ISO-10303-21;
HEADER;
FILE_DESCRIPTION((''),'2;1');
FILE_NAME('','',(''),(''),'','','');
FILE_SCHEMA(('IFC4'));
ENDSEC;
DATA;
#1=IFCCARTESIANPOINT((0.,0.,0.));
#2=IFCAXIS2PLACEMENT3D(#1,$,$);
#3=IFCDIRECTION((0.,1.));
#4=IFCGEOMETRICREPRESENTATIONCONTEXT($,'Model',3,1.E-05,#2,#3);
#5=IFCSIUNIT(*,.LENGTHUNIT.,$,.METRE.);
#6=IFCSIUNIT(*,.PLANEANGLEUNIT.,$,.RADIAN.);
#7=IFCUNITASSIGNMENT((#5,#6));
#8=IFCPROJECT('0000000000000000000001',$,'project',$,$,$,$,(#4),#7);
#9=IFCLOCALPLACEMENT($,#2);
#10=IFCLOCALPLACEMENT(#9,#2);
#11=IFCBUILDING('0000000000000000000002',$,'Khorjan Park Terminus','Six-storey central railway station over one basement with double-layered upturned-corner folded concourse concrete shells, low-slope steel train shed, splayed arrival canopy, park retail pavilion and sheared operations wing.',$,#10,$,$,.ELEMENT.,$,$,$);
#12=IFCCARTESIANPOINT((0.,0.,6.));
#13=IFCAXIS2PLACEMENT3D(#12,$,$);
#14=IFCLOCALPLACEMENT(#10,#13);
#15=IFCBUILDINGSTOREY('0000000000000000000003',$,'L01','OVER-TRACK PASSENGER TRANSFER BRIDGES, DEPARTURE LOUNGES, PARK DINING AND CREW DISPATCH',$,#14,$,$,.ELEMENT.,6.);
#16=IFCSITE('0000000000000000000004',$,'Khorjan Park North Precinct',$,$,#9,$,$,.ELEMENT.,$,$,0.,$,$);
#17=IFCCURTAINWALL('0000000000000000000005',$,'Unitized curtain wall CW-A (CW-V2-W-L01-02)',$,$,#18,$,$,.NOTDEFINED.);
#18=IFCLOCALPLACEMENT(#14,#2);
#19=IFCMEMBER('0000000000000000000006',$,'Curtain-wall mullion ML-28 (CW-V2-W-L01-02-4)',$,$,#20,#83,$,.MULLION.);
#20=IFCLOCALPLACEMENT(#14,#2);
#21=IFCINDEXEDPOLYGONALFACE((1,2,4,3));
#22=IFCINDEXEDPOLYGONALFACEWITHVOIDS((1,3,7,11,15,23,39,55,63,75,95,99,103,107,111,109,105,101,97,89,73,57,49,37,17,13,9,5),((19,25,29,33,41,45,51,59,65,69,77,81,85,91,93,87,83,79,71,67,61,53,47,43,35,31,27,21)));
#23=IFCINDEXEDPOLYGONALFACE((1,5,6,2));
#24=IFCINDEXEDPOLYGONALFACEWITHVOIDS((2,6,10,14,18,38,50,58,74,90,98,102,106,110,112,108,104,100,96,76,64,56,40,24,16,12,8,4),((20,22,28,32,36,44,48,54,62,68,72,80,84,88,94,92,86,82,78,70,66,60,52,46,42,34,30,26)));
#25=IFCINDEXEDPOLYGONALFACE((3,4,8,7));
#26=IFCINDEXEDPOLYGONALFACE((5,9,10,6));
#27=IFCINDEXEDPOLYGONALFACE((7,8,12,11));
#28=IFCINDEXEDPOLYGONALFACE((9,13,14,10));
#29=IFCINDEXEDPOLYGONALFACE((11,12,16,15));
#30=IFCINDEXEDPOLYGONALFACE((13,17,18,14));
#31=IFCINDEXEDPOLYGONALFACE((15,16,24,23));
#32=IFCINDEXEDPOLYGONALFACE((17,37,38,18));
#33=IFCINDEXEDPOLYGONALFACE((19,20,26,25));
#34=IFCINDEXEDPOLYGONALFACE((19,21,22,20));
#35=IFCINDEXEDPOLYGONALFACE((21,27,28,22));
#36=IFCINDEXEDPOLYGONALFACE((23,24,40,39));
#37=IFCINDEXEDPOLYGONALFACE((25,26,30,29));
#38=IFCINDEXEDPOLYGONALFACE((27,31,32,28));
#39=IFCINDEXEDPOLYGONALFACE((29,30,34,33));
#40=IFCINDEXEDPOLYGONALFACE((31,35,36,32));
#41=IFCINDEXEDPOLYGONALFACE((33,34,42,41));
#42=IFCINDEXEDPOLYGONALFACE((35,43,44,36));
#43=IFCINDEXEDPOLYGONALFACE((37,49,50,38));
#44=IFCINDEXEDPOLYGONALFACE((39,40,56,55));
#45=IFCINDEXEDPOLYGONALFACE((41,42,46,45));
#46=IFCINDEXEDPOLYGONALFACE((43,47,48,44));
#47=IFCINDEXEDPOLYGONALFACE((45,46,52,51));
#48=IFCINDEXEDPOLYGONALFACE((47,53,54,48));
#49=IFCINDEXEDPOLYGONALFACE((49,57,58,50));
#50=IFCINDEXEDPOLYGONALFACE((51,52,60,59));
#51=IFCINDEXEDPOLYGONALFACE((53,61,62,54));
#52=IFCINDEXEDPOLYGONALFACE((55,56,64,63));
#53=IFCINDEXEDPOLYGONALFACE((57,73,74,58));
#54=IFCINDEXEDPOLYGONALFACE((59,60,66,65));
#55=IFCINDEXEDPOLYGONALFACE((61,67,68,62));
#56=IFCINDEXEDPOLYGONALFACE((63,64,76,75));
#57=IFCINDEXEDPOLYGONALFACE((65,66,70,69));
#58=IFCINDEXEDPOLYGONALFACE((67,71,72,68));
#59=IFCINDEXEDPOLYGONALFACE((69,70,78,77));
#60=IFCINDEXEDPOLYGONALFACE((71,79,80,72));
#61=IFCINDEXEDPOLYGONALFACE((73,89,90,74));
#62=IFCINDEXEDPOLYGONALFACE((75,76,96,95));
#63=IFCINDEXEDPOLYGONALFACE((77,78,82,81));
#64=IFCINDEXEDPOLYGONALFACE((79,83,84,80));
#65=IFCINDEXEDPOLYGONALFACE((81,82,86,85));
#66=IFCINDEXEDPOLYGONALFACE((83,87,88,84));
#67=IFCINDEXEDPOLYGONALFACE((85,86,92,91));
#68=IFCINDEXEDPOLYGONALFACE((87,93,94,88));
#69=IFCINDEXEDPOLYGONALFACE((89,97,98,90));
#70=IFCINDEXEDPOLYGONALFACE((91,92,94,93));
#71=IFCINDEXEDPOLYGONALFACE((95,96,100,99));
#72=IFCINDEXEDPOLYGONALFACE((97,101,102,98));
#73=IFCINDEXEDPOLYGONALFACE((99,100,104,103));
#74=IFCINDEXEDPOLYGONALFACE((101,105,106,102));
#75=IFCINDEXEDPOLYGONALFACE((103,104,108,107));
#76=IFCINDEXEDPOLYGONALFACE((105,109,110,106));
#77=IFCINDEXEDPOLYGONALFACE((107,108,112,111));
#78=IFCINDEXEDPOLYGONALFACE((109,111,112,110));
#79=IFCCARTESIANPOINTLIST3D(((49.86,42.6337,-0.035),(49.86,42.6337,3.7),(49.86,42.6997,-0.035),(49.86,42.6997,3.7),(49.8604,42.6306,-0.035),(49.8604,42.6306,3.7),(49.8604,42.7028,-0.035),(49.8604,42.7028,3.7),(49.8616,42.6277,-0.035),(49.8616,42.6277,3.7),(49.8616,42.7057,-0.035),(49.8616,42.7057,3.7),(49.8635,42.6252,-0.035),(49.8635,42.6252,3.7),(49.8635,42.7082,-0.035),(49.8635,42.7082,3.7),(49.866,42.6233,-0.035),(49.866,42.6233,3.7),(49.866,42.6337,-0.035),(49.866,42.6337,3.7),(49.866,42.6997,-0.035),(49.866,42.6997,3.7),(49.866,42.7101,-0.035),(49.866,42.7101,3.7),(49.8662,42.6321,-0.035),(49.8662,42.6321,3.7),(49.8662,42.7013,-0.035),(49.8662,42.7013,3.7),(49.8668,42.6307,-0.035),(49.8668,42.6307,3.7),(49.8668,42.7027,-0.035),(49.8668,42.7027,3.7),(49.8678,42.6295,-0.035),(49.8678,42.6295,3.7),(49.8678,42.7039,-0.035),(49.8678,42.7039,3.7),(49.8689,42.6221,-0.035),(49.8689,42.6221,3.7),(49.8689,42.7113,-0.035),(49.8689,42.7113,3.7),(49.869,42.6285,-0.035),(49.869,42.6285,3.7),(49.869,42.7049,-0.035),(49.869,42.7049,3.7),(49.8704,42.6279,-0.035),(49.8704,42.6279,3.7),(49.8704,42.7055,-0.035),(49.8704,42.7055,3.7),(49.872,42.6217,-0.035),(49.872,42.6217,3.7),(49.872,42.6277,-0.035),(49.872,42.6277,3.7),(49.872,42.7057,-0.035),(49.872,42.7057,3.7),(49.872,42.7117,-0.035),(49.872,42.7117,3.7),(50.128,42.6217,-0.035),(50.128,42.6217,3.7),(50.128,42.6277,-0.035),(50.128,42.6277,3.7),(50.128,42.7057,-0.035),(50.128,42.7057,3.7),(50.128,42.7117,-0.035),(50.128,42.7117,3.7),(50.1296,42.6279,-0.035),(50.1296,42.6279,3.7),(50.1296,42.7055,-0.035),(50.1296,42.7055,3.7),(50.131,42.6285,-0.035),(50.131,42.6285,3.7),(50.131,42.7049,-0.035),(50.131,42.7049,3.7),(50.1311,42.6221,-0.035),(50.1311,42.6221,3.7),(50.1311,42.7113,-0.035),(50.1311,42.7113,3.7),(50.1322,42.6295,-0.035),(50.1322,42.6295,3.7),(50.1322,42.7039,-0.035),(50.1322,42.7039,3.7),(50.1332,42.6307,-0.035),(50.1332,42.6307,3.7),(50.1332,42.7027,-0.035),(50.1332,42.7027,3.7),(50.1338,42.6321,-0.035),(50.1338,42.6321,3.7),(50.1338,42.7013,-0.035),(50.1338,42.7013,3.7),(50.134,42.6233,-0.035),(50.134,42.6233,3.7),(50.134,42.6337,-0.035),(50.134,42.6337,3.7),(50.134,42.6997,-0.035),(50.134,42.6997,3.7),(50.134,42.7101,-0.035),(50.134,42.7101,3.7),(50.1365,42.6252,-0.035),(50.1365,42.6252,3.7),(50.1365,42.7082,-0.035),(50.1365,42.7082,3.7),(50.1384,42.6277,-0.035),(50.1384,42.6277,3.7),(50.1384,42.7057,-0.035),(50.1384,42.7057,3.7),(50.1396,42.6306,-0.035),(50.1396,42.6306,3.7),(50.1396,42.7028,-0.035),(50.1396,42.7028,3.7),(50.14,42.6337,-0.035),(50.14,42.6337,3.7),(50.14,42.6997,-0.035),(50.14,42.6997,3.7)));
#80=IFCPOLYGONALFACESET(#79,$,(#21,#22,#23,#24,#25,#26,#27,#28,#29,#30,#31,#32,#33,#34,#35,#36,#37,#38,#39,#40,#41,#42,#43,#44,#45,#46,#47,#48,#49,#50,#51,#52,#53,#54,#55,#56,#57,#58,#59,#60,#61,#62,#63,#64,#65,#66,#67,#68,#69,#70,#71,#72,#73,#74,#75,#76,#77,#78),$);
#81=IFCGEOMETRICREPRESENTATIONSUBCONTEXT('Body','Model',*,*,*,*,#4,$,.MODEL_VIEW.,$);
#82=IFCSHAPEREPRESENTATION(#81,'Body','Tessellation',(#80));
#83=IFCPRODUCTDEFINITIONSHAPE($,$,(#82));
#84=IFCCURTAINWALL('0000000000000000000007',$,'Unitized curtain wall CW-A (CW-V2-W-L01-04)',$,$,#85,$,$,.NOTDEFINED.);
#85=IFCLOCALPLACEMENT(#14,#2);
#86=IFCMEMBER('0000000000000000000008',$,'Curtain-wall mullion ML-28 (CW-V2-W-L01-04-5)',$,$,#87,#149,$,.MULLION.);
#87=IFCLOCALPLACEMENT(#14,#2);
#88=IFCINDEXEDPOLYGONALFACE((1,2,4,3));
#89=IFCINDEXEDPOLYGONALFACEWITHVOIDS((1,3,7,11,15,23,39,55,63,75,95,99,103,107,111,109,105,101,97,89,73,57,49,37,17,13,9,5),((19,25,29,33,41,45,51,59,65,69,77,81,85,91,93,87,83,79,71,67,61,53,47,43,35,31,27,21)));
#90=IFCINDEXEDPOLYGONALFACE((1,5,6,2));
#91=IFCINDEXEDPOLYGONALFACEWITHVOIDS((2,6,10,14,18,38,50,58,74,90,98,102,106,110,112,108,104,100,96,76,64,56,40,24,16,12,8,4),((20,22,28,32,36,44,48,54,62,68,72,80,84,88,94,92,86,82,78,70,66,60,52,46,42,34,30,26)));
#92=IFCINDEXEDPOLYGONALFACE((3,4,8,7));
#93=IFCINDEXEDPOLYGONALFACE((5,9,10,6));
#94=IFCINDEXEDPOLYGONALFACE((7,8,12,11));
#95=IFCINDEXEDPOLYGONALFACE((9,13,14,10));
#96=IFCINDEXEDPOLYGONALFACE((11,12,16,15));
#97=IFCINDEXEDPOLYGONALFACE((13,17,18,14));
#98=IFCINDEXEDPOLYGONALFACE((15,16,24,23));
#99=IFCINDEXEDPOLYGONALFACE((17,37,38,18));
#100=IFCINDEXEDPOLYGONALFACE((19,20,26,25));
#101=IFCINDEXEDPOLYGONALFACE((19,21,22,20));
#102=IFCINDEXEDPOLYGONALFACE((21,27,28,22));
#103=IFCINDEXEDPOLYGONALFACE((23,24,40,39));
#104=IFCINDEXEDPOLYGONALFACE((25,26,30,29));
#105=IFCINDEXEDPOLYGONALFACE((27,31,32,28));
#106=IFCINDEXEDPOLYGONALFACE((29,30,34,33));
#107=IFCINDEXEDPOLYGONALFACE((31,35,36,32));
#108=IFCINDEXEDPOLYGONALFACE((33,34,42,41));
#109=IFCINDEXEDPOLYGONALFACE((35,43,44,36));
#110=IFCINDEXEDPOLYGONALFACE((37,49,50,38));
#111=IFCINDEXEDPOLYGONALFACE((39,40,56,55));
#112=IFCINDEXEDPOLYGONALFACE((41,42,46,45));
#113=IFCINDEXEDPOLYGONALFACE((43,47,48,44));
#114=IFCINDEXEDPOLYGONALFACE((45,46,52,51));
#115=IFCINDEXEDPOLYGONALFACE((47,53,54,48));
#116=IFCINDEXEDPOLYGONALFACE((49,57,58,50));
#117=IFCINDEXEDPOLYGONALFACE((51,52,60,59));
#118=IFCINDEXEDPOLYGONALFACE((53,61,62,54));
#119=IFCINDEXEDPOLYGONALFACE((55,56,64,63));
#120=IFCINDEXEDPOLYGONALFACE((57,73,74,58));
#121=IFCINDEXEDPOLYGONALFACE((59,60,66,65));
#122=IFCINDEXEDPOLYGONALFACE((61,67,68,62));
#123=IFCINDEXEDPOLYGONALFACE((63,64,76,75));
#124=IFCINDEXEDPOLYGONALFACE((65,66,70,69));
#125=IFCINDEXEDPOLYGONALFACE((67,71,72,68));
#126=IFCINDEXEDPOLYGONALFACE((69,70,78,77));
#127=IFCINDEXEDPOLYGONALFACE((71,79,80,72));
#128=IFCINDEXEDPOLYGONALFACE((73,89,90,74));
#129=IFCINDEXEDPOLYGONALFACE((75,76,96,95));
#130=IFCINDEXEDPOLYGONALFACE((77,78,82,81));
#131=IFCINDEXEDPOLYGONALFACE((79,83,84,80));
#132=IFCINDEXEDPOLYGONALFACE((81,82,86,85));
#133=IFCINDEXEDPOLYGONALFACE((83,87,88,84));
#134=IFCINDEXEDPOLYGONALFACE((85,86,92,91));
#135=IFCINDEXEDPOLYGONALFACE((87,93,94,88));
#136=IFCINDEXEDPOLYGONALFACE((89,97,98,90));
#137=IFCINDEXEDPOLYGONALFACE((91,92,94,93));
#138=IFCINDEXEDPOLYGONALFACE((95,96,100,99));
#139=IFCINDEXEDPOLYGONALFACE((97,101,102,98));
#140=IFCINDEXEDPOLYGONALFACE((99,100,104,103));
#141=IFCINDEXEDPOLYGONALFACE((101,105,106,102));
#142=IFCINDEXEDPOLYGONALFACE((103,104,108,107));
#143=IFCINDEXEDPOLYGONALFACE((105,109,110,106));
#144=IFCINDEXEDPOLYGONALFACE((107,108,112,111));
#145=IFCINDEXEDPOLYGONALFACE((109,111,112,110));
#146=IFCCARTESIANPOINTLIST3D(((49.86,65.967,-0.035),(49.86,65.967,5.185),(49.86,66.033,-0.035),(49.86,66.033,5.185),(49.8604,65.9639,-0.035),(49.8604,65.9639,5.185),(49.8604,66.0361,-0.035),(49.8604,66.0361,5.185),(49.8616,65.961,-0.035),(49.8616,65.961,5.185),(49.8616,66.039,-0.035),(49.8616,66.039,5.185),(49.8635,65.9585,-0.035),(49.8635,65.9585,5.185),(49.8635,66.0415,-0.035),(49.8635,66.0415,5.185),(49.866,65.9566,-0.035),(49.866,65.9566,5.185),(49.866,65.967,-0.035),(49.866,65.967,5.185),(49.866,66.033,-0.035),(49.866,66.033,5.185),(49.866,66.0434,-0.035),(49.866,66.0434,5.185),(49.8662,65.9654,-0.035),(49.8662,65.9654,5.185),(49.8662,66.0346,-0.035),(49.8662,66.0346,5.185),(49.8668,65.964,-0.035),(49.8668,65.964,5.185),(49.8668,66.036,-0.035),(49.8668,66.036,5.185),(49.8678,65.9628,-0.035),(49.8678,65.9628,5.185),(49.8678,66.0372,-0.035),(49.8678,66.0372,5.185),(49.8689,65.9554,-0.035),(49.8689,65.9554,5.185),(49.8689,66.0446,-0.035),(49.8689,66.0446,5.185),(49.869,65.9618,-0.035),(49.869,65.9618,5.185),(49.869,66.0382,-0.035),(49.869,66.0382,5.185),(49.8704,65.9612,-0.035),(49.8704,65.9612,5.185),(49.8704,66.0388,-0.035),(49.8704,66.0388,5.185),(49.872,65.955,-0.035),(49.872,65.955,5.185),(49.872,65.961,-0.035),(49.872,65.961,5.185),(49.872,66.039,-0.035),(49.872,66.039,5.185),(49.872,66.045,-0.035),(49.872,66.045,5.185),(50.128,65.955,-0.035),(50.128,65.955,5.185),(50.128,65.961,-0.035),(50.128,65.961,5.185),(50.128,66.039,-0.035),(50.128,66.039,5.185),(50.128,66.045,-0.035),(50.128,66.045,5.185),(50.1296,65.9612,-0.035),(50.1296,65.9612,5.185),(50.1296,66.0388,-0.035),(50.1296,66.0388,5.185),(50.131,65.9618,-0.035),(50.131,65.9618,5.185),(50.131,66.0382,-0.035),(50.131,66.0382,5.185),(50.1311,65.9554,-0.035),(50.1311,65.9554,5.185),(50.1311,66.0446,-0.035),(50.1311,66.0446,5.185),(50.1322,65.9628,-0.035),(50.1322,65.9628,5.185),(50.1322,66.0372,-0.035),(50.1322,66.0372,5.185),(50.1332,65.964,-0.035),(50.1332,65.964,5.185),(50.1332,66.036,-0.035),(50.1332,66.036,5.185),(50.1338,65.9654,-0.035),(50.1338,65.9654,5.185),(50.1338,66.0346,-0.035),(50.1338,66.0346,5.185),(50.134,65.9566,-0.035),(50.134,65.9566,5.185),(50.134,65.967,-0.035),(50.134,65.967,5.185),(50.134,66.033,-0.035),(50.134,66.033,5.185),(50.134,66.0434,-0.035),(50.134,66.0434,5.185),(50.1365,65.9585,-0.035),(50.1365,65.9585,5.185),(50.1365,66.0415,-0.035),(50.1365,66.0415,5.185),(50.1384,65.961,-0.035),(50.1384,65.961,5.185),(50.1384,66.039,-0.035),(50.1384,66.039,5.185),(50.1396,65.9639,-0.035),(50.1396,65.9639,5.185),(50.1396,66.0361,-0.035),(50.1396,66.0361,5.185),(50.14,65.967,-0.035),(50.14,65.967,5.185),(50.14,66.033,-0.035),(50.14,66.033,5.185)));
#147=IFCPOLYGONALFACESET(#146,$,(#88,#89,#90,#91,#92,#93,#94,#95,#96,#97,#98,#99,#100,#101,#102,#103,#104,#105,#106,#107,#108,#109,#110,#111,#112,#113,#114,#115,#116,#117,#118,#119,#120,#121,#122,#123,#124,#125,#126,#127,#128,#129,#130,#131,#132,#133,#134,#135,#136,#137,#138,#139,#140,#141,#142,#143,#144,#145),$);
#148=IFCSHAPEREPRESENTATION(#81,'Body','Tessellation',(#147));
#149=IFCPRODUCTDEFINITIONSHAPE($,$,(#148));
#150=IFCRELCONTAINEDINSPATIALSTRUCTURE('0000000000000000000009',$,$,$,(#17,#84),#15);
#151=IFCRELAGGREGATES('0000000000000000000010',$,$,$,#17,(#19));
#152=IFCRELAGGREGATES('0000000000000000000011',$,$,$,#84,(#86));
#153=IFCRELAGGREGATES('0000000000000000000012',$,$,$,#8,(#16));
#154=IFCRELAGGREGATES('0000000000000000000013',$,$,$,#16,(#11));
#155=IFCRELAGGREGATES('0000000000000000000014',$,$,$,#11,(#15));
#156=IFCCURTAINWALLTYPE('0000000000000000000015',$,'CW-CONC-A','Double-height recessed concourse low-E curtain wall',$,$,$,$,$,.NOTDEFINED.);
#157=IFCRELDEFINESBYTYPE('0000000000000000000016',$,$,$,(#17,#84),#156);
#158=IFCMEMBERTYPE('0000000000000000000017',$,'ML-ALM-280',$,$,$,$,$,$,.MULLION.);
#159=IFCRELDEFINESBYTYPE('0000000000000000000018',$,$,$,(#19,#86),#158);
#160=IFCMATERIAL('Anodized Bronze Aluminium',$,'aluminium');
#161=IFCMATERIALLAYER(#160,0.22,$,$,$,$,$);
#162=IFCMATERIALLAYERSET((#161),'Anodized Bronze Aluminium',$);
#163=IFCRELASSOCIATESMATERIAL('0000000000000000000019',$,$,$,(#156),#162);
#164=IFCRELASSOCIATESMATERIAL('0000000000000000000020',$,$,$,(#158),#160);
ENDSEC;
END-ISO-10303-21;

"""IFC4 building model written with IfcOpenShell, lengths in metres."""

from ifc_helpers import new_model, si_unit, direction, frame, origin, origin_2d, place, context, subcontext, project, spatial, hollow_rectangle, extrude, material, layer, layer_set, material_profile, profile_set, type_object, element, aggregate, save


model = new_model("IFC4")

# Units and contexts
model_context = context("Model", 3, precision=1e-05, world=origin(), true_north=direction((0.0, 1.0)))
body_context = subcontext(model_context, "Body", "Model", "MODEL_VIEW")
ifc_project = project(units=[si_unit("LENGTHUNIT", "METRE"), si_unit("PLANEANGLEUNIT", "RADIAN")], contexts=[model_context])

# Site, building, storey
site_placement = place(None, origin())
site = spatial("IfcSite", under=ifc_project, at=site_placement, Name="Khorjan Park North Precinct", CompositionType="ELEMENT", RefElevation=0.0)
building_placement = place(site_placement, origin())
building = spatial("IfcBuilding", under=site, at=building_placement, Name="Khorjan Park Terminus", Description="Six-storey central railway station over one basement with double-layered upturned-corner folded concourse concrete shells, low-slope steel train shed, splayed arrival canopy, park retail pavilion and sheared operations wing.", CompositionType="ELEMENT")
storey_placement = place(building_placement, frame((0.0, 0.0, 6.0)))
storey = spatial("IfcBuildingStorey", under=building, at=storey_placement, Name="L01", Description="OVER-TRACK PASSENGER TRANSFER BRIDGES, DEPARTURE LOUNGES, PARK DINING AND CREW DISPATCH", CompositionType="ELEMENT", Elevation=6.0)

# Curtain wall, member
ifc_material_1 = material(Name="Anodized Bronze Aluminium", Category="aluminium")
ifc_layer_1 = layer(ifc_material_1, 0.22)
ifc_layer_set_1 = layer_set([ifc_layer_1], Name="Anodized Bronze Aluminium")
curtain_wall_type_1 = type_object("IfcCurtainWallType", Name="CW-CONC-A", Description="Double-height recessed concourse low-E curtain wall", PredefinedType="NOTDEFINED", material=ifc_layer_set_1)
curtain_wall_1_placement = place(storey_placement, origin())
curtain_wall_1 = element("IfcCurtainWall", 1, at=curtain_wall_1_placement, inside=storey, type_object=curtain_wall_type_1, Name="Unitized curtain wall CW-A (CW-V2-W-L01-02)", PredefinedType="NOTDEFINED")
ifc_material_profile_1 = material_profile(ifc_material_1, hollow_rectangle(XDim=0.09, YDim=0.28, WallThickness=0.006, InnerFilletRadius=0.006, OuterFilletRadius=0.012, at=origin_2d()), Name="ALM 90x280x6")
ifc_profile_set_1 = profile_set([ifc_material_profile_1], Name="Anodized Bronze Aluminium")
member_type_1 = type_object("IfcMemberType", Name="ML-ALM-280", PredefinedType="MULLION", material=ifc_profile_set_1)
member_1_placement = place(storey_placement, frame((50.0, 42.6667, -0.035), z_axis=(0.0, 0.0, 1.0), x_axis=(0.0, -1.0, 0.0)))
member_1 = element("IfcMember", 2, at=member_1_placement, type_object=member_type_1, Name="Curtain-wall mullion ML-28 (CW-V2-W-L01-02-4)", PredefinedType="MULLION", context=body_context, shape_type="SweptSolid", body=[
    extrude(hollow_rectangle(XDim=0.09, YDim=0.28, WallThickness=0.006, InnerFilletRadius=0.006, OuterFilletRadius=0.012, at=origin_2d()), origin(), (0.0, 0.0, 1.0), 3.735),
])

# Curtain wall, member
curtain_wall_2_placement = place(storey_placement, origin())
curtain_wall_2 = element("IfcCurtainWall", 3, at=curtain_wall_2_placement, inside=storey, type_object=curtain_wall_type_1, Name="Unitized curtain wall CW-A (CW-V2-W-L01-04)", PredefinedType="NOTDEFINED")
member_2_placement = place(storey_placement, frame((50.0, 66.0, -0.035), z_axis=(0.0, 0.0, 1.0), x_axis=(0.0, -1.0, 0.0)))
member_2 = element("IfcMember", 4, at=member_2_placement, type_object=member_type_1, Name="Curtain-wall mullion ML-28 (CW-V2-W-L01-04-5)", PredefinedType="MULLION", context=body_context, shape_type="SweptSolid", body=[
    extrude(hollow_rectangle(XDim=0.09, YDim=0.28, WallThickness=0.006, InnerFilletRadius=0.006, OuterFilletRadius=0.012, at=origin_2d()), origin(), (0.0, 0.0, 1.0), 5.22),
])

aggregate(curtain_wall_1, [member_1])
aggregate(curtain_wall_2, [member_2])

save(model, "model.ifc")
